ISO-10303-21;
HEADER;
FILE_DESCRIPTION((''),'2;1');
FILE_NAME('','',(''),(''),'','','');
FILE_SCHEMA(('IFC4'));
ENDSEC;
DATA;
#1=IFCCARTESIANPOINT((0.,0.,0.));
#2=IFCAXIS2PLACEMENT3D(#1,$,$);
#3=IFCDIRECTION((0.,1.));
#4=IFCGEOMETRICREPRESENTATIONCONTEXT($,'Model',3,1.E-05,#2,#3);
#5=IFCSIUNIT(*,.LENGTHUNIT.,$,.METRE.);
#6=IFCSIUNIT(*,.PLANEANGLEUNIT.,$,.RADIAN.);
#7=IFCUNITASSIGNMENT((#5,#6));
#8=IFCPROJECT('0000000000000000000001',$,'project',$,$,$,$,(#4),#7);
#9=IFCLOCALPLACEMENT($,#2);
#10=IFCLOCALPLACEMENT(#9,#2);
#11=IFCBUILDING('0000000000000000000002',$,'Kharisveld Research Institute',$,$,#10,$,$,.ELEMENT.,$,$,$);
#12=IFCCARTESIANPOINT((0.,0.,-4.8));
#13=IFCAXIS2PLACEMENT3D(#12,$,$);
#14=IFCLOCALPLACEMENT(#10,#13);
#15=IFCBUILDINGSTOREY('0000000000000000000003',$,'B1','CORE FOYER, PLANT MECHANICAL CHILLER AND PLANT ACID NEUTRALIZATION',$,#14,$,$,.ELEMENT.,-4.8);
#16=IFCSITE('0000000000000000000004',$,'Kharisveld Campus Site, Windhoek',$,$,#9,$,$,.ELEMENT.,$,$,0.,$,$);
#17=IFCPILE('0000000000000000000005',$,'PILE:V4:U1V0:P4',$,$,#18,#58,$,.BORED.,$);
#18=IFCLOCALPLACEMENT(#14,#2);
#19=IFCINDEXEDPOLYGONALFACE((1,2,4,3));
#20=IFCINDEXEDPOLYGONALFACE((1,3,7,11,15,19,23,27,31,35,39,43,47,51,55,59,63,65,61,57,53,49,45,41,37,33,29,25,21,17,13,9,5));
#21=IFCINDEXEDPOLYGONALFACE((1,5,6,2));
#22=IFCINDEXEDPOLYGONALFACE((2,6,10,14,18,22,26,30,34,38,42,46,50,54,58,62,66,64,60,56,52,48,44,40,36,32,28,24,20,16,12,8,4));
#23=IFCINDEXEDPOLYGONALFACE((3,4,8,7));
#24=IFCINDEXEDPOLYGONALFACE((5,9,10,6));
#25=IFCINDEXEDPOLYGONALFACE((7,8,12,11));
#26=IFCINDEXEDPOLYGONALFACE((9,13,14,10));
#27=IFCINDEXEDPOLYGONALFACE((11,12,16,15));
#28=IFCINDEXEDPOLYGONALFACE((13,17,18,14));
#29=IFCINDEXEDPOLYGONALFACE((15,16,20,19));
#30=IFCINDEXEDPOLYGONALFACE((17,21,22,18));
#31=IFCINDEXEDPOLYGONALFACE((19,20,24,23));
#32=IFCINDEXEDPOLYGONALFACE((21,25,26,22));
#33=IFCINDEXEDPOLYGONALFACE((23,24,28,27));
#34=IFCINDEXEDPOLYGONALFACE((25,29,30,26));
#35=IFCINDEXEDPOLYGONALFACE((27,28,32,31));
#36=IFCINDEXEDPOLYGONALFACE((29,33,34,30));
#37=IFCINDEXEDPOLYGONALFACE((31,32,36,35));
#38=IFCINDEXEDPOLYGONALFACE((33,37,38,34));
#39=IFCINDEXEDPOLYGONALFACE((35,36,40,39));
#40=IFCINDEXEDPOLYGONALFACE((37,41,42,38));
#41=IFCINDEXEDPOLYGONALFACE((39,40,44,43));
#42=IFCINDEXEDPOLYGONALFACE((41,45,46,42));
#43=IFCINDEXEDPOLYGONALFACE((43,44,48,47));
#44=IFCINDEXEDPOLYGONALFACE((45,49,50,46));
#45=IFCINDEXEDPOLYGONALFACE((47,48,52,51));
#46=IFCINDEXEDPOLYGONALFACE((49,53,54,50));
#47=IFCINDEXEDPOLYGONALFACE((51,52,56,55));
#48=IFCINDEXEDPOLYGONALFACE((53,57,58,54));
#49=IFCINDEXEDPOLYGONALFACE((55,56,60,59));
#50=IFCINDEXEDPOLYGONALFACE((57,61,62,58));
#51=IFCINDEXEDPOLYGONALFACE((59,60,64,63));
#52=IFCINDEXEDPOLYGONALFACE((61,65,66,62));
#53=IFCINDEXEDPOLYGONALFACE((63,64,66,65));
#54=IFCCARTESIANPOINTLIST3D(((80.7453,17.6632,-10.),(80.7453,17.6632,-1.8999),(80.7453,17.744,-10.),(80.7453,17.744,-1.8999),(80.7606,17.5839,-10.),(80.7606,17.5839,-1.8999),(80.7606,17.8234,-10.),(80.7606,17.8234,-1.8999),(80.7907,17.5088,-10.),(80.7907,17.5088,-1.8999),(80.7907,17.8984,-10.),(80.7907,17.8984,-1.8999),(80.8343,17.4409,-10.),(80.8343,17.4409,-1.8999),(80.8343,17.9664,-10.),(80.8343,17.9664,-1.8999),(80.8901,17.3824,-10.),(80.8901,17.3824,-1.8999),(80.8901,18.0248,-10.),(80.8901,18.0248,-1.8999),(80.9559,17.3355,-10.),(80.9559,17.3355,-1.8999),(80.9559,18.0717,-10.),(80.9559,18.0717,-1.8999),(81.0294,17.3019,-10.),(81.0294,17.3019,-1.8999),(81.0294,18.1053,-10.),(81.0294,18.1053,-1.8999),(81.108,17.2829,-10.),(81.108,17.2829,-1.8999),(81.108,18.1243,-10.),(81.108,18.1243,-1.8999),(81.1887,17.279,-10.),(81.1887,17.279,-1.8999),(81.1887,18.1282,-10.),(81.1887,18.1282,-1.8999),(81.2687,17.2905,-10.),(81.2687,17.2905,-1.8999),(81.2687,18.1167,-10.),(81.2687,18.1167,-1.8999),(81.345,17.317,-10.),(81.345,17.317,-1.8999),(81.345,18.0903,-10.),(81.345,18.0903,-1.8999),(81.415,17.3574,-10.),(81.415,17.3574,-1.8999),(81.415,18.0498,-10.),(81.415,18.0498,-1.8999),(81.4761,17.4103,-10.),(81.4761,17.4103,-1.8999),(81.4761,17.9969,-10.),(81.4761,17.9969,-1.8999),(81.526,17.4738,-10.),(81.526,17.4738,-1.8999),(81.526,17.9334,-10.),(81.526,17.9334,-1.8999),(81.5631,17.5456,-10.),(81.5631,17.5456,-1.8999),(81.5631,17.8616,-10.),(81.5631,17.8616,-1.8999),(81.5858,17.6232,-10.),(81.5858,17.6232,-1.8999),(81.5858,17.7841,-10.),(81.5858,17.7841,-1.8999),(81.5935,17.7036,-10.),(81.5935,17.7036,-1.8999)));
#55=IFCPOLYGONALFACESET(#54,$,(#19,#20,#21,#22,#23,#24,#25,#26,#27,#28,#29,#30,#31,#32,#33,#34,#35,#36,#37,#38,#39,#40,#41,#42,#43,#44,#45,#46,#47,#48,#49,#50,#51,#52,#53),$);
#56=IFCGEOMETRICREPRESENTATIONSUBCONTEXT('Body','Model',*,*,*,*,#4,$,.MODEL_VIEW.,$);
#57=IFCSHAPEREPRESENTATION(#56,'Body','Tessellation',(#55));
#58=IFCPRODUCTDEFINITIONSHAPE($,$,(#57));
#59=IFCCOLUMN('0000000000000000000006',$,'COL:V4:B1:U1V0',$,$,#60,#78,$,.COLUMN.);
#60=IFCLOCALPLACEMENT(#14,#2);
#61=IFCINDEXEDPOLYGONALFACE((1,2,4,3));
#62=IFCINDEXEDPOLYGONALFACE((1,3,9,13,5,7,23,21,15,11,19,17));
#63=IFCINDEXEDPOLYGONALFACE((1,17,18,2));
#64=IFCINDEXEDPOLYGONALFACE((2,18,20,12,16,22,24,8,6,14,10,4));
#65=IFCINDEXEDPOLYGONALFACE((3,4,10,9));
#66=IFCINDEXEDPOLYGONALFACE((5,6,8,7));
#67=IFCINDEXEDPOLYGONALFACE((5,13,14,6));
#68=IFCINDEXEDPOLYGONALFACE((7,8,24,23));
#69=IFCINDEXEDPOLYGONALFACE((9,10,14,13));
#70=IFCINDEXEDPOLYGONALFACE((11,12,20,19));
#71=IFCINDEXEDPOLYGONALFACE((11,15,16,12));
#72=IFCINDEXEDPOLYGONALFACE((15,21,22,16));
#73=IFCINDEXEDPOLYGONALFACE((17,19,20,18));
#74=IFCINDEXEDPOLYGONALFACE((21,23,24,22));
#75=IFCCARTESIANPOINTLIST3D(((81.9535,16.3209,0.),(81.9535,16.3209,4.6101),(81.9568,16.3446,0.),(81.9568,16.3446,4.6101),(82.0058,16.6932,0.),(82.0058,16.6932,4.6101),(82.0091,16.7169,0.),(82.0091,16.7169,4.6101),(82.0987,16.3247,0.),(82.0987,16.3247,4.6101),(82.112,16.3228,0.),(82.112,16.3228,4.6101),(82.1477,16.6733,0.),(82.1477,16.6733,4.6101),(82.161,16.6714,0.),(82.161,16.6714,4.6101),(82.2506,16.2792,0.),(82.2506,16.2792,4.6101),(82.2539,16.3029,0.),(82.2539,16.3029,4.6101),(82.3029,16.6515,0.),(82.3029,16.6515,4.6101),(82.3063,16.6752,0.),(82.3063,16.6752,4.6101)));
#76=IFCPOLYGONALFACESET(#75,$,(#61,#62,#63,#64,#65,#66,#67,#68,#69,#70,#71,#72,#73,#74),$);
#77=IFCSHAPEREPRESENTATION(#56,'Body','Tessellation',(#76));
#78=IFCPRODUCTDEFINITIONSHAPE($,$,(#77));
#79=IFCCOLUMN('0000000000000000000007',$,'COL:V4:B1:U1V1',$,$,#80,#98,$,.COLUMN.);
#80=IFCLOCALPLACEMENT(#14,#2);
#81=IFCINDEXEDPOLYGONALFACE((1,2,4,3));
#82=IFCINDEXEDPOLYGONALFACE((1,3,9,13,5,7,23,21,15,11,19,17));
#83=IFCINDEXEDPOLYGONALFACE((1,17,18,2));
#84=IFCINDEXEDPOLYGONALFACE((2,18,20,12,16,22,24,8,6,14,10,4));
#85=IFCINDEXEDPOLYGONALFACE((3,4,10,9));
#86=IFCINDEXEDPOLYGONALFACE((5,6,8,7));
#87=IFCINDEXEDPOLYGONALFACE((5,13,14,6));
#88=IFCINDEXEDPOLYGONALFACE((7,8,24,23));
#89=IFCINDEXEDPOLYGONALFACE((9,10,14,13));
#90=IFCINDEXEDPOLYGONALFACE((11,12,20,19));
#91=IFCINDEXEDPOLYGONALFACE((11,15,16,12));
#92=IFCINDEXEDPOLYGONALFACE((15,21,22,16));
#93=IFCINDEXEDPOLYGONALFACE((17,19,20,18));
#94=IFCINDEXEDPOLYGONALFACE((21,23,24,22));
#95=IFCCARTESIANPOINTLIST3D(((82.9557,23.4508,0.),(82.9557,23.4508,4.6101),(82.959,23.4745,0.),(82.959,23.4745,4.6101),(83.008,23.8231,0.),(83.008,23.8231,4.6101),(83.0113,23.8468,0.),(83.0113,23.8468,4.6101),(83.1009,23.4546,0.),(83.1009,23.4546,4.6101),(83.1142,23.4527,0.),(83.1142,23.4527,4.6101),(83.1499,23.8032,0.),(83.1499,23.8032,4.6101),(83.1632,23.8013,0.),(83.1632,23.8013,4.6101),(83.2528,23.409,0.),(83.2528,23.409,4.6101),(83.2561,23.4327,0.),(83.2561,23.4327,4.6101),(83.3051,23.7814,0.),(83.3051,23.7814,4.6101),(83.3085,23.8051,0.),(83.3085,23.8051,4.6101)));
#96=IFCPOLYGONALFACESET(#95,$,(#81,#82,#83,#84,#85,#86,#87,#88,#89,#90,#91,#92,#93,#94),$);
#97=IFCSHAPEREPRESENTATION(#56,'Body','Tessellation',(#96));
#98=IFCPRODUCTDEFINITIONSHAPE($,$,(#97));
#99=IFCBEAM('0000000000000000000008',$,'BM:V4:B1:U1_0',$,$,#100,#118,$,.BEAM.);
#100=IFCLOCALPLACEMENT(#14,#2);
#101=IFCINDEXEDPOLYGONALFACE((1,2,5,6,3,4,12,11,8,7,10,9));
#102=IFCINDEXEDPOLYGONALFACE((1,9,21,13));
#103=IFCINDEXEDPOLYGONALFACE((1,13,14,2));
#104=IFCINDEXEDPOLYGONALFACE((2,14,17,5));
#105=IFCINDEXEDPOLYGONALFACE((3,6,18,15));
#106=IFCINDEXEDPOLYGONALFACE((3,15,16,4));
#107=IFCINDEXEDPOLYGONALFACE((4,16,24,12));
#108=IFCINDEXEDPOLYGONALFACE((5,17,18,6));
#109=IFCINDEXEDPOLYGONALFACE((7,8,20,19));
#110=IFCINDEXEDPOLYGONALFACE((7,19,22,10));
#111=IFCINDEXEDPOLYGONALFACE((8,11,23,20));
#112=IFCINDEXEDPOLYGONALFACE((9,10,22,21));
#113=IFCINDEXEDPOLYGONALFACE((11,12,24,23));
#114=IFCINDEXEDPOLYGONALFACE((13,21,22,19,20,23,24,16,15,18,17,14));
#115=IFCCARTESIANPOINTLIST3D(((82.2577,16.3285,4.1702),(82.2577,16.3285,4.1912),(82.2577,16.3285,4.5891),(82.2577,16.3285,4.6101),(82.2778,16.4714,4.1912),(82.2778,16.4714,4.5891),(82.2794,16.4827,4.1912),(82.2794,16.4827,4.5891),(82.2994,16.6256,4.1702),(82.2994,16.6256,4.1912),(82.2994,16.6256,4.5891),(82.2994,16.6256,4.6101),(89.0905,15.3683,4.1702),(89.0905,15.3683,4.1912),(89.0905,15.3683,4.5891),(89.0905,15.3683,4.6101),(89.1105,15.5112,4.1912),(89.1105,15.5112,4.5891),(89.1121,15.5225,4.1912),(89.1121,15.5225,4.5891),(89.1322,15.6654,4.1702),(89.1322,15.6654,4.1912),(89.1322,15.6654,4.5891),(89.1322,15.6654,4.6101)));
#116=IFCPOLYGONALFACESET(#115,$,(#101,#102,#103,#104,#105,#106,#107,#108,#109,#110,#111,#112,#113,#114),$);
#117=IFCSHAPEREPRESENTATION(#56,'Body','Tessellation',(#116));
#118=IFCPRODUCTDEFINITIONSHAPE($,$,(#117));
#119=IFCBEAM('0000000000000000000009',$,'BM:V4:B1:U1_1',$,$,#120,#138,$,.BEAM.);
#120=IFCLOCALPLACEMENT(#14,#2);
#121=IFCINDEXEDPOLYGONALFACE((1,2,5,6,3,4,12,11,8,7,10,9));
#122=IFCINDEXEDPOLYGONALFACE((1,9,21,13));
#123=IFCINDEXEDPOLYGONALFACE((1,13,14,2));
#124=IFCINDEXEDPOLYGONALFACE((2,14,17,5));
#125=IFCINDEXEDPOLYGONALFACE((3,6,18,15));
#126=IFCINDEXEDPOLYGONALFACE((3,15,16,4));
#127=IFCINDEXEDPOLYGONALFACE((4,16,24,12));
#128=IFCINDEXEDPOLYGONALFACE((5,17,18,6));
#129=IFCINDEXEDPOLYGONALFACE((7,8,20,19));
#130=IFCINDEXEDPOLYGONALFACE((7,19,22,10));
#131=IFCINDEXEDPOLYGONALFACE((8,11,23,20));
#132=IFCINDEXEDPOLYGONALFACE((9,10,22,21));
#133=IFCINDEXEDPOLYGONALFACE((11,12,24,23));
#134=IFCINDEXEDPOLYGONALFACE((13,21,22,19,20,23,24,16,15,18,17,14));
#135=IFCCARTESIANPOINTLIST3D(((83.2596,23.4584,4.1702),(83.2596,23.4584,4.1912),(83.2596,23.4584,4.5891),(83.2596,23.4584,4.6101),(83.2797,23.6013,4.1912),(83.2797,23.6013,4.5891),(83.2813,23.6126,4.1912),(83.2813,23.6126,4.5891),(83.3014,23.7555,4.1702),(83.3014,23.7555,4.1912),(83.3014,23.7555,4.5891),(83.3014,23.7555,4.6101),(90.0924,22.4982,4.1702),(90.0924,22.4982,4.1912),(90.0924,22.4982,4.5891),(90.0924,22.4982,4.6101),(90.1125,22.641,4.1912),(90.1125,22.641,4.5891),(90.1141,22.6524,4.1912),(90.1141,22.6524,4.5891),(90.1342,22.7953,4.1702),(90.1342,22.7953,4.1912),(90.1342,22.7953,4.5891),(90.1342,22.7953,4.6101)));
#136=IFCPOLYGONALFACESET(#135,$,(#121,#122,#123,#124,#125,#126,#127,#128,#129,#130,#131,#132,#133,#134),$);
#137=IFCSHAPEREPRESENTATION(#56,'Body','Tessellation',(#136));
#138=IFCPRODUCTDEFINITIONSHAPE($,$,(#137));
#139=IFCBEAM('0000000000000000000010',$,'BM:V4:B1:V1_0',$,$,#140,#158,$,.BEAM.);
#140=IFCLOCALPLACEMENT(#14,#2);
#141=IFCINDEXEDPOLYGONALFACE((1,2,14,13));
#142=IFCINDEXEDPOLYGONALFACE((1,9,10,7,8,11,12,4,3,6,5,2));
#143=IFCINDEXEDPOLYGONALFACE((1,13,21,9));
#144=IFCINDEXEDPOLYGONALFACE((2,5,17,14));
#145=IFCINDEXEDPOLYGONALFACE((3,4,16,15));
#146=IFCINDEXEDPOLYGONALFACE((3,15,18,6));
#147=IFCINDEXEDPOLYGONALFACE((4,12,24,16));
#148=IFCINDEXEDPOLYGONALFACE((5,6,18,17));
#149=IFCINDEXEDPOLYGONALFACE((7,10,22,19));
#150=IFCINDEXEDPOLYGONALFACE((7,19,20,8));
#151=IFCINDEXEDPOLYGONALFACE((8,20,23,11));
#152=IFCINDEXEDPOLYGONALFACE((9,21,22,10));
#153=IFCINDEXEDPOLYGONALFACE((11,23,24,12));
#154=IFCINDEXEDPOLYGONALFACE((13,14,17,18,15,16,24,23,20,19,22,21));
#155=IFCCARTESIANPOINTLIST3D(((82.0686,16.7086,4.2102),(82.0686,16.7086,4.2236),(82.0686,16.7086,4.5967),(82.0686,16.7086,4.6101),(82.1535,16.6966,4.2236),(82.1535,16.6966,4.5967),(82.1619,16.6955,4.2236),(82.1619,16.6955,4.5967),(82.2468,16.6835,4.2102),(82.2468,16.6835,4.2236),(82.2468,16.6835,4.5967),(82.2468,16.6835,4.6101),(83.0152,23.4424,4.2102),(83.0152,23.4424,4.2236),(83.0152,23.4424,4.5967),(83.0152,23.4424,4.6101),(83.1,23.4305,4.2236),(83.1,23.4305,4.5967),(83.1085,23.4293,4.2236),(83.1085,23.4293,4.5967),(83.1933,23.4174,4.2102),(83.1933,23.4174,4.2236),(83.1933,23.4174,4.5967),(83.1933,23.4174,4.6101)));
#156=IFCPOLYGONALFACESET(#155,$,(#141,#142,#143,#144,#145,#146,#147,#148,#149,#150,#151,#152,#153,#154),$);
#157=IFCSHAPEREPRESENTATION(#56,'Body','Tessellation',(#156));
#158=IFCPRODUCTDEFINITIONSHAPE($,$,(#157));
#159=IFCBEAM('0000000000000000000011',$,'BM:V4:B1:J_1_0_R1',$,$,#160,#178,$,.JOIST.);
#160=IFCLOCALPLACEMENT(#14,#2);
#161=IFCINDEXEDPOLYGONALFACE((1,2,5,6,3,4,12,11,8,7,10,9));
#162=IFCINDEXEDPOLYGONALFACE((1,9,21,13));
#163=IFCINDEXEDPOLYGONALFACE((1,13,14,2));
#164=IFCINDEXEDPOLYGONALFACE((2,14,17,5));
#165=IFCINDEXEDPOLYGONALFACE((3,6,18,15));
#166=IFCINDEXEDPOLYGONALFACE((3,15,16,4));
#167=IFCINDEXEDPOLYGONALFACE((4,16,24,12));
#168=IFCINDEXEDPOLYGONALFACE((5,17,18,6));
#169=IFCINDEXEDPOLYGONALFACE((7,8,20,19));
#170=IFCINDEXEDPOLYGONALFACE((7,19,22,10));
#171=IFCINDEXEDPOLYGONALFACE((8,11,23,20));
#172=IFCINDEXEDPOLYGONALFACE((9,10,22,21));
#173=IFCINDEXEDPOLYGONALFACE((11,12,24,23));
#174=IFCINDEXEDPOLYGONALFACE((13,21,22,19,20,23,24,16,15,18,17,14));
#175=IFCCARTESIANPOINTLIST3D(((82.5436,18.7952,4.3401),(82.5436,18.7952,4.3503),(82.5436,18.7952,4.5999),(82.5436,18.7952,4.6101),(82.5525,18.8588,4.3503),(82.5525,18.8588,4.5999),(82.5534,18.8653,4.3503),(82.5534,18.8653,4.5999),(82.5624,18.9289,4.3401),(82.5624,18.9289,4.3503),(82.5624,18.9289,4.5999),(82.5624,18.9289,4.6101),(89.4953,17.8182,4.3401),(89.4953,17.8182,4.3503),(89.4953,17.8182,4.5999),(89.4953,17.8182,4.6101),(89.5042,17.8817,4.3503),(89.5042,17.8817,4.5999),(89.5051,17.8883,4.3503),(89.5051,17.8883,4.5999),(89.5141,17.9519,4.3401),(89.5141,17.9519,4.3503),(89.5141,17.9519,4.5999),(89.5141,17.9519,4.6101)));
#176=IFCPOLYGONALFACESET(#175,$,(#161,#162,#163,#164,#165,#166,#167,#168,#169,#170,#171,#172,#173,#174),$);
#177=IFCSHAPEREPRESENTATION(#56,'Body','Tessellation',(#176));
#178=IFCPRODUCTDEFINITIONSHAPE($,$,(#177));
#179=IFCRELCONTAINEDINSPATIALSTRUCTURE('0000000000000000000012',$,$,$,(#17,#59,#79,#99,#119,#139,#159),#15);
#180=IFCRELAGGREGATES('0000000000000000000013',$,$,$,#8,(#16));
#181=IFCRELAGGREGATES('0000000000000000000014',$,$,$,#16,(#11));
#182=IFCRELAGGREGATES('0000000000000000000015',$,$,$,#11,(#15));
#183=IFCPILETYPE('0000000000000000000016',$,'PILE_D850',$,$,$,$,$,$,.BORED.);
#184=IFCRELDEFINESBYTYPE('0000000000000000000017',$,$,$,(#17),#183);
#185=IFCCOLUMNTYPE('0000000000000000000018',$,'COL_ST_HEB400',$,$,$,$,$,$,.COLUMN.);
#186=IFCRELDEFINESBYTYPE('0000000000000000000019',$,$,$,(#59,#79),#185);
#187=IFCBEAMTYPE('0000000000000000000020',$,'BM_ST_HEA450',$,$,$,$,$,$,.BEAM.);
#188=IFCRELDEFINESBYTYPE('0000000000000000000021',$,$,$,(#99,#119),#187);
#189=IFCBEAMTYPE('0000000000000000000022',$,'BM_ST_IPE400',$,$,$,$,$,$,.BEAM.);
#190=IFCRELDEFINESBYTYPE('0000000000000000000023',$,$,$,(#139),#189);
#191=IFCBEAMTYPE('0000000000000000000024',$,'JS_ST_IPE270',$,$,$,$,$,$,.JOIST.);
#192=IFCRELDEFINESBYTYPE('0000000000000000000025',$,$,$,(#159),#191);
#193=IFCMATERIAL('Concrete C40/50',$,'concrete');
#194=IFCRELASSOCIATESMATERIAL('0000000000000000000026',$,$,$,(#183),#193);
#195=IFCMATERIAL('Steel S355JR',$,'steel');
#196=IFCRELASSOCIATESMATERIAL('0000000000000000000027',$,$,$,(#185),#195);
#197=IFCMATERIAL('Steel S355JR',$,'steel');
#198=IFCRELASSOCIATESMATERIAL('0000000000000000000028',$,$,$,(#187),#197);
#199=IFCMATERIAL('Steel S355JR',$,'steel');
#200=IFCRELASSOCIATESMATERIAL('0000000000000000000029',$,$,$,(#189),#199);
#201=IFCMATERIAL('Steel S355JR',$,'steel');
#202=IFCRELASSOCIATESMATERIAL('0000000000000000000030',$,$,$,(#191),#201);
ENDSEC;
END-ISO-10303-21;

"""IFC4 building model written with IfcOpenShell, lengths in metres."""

from ifc_helpers import new_model, si_unit, direction, frame, origin, origin_2d, place, context, subcontext, project, spatial, circle, i_section, extrude, material, material_profile, profile_set, type_object, element, save


model = new_model("IFC4")

# Units and contexts
model_context = context("Model", 3, precision=1e-05, world=origin(), true_north=direction((0.0, 1.0)))
body_context = subcontext(model_context, "Body", "Model", "MODEL_VIEW")
ifc_project = project(units=[si_unit("LENGTHUNIT", "METRE"), si_unit("PLANEANGLEUNIT", "RADIAN")], contexts=[model_context])

# Site, building, storey
site_placement = place(None, origin())
site = spatial("IfcSite", under=ifc_project, at=site_placement, Name="Kharisveld Campus Site, Windhoek", CompositionType="ELEMENT", RefElevation=0.0)
building_placement = place(site_placement, origin())
building = spatial("IfcBuilding", under=site, at=building_placement, Name="Kharisveld Research Institute", CompositionType="ELEMENT")
storey_placement = place(building_placement, frame((0.0, 0.0, -4.8)))
storey = spatial("IfcBuildingStorey", under=building, at=storey_placement, Name="B1", Description="CORE FOYER, PLANT MECHANICAL CHILLER AND PLANT ACID NEUTRALIZATION", CompositionType="ELEMENT", Elevation=-4.8)

# Pile
ifc_material_1 = material(Name="Concrete C40/50", Category="concrete")
ifc_material_profile_1 = material_profile(ifc_material_1, circle(Radius=0.425, at=origin_2d()))
ifc_profile_set_1 = profile_set([ifc_material_profile_1], Name="Concrete C40/50")
pile_type_1 = type_object("IfcPileType", Name="PILE_D850", PredefinedType="BORED", material=ifc_profile_set_1)
for number, where, z_axis, x_axis, name in (
    (1, (81.1685, 17.7036, -1.8999), (0.0, 0.0, -1.0), (1.0, 0.0, 0.0), "PILE:V4:U1V0:P4"),
):
    element("IfcPile", number, at=place(storey_placement, frame(where, z_axis=z_axis, x_axis=x_axis)), inside=storey, type_object=pile_type_1, Name=name, PredefinedType="BORED", context=body_context, shape_type="SweptSolid", body=[
        extrude(circle(Radius=0.425, at=origin_2d()), origin(), (0.0, 0.0, 1.0), 8.1001),
    ])

# Columns
ifc_material_2 = material(Name="Steel S355JR", Category="steel")
ifc_material_profile_2 = material_profile(ifc_material_2, i_section(OverallWidth=0.3, OverallDepth=0.3999, WebThickness=0.0134, FlangeThickness=0.0239, at=origin_2d()))
ifc_profile_set_2 = profile_set([ifc_material_profile_2], Name="Steel S355JR")
column_type = type_object("IfcColumnType", Name="COL_ST_HEB400", PredefinedType="COLUMN", material=ifc_profile_set_2)
for number, where, z_axis, x_axis, name in (
    (2, (82.1299, 16.498, 0.0), (0.0, 0.0, 1.0), (0.990268, -0.139173, 0.0), "COL:V4:B1:U1V0"),
    (3, (83.1321, 23.6279, 0.0), (0.0, 0.0, 1.0), (0.990268, -0.139173, 0.0), "COL:V4:B1:U1V1"),
):
    element("IfcColumn", number, at=place(storey_placement, frame(where, z_axis=z_axis, x_axis=x_axis)), inside=storey, type_object=column_type, Name=name, PredefinedType="COLUMN", context=body_context, shape_type="SweptSolid", body=[
        extrude(i_section(OverallWidth=0.3, OverallDepth=0.3999, WebThickness=0.0134, FlangeThickness=0.0239, at=origin_2d()), origin(), (0.0, 0.0, 1.0), 4.6101),
    ])

# Beams
ifc_material_3 = material(Name="Steel S355JR", Category="steel")
ifc_material_profile_3 = material_profile(ifc_material_3, i_section(OverallWidth=0.3, OverallDepth=0.4399, WebThickness=0.0115, FlangeThickness=0.021, at=origin_2d()))
ifc_profile_set_3 = profile_set([ifc_material_profile_3], Name="Steel S355JR")
beam_type_1 = type_object("IfcBeamType", Name="BM_ST_HEA450", PredefinedType="BEAM", material=ifc_profile_set_3)
for number, where, z_axis, x_axis, name in (
    (4, (82.2786, 16.4771, 4.3901), (0.99027, -0.139162, 0.0), (0.139162, 0.99027, 0.0), "BM:V4:B1:U1_0"),
    (5, (83.2805, 23.6069, 4.3901), (0.99027, -0.139162, 0.0), (0.139162, 0.99027, 0.0), "BM:V4:B1:U1_1"),
):
    element("IfcBeam", number, at=place(storey_placement, frame(where, z_axis=z_axis, x_axis=x_axis)), inside=storey, type_object=beam_type_1, Name=name, PredefinedType="BEAM", context=body_context, shape_type="SweptSolid", body=[
        extrude(i_section(OverallWidth=0.3, OverallDepth=0.4399, WebThickness=0.0115, FlangeThickness=0.021, at=origin_2d()), origin(), (0.0, 0.0, 1.0), 6.8999),
    ])
ifc_material_4 = material(Name="Steel S355JR", Category="steel")
ifc_material_profile_4 = material_profile(ifc_material_4, i_section(OverallWidth=0.1799, OverallDepth=0.3999, WebThickness=0.0085, FlangeThickness=0.0134, at=origin_2d()))
ifc_profile_set_4 = profile_set([ifc_material_profile_4], Name="Steel S355JR")
beam_type_2 = type_object("IfcBeamType", Name="BM_ST_IPE400", PredefinedType="BEAM", material=ifc_profile_set_4)
beam_placement = place(storey_placement, frame((82.1577, 16.696, 4.4102), z_axis=(0.139194, 0.990265, 0.0), x_axis=(-0.990265, 0.139194, 0.0)))
element("IfcBeam", 6, at=beam_placement, inside=storey, type_object=beam_type_2, Name="BM:V4:B1:V1_0", PredefinedType="BEAM", context=body_context, shape_type="SweptSolid", body=[
    extrude(i_section(OverallWidth=0.1799, OverallDepth=0.3999, WebThickness=0.0085, FlangeThickness=0.0134, at=origin_2d()), origin(), (0.0, 0.0, 1.0), 6.8),
])
ifc_material_5 = material(Name="Steel S355JR", Category="steel")
ifc_material_profile_5 = material_profile(ifc_material_5, i_section(OverallWidth=0.135, OverallDepth=0.27, WebThickness=0.0066, FlangeThickness=0.0103, at=origin_2d()))
ifc_profile_set_5 = profile_set([ifc_material_profile_5], Name="Steel S355JR")
beam_type_3 = type_object("IfcBeamType", Name="JS_ST_IPE270", PredefinedType="JOIST", material=ifc_profile_set_5)
for number, where, z_axis, x_axis, name in (
    (7, (82.553, 18.8621, 4.4751), (0.990267, -0.139181, 0.0), (0.139181, 0.990267, 0.0), "BM:V4:B1:J_1_0_R1"),
):
    element("IfcBeam", number, at=place(storey_placement, frame(where, z_axis=z_axis, x_axis=x_axis)), inside=storey, type_object=beam_type_3, Name=name, PredefinedType="JOIST", context=body_context, shape_type="SweptSolid", body=[
        extrude(i_section(OverallWidth=0.135, OverallDepth=0.27, WebThickness=0.0066, FlangeThickness=0.0103, at=origin_2d()), origin(), (0.0, 0.0, 1.0), 7.02),
    ])

save(model, "model.ifc")
